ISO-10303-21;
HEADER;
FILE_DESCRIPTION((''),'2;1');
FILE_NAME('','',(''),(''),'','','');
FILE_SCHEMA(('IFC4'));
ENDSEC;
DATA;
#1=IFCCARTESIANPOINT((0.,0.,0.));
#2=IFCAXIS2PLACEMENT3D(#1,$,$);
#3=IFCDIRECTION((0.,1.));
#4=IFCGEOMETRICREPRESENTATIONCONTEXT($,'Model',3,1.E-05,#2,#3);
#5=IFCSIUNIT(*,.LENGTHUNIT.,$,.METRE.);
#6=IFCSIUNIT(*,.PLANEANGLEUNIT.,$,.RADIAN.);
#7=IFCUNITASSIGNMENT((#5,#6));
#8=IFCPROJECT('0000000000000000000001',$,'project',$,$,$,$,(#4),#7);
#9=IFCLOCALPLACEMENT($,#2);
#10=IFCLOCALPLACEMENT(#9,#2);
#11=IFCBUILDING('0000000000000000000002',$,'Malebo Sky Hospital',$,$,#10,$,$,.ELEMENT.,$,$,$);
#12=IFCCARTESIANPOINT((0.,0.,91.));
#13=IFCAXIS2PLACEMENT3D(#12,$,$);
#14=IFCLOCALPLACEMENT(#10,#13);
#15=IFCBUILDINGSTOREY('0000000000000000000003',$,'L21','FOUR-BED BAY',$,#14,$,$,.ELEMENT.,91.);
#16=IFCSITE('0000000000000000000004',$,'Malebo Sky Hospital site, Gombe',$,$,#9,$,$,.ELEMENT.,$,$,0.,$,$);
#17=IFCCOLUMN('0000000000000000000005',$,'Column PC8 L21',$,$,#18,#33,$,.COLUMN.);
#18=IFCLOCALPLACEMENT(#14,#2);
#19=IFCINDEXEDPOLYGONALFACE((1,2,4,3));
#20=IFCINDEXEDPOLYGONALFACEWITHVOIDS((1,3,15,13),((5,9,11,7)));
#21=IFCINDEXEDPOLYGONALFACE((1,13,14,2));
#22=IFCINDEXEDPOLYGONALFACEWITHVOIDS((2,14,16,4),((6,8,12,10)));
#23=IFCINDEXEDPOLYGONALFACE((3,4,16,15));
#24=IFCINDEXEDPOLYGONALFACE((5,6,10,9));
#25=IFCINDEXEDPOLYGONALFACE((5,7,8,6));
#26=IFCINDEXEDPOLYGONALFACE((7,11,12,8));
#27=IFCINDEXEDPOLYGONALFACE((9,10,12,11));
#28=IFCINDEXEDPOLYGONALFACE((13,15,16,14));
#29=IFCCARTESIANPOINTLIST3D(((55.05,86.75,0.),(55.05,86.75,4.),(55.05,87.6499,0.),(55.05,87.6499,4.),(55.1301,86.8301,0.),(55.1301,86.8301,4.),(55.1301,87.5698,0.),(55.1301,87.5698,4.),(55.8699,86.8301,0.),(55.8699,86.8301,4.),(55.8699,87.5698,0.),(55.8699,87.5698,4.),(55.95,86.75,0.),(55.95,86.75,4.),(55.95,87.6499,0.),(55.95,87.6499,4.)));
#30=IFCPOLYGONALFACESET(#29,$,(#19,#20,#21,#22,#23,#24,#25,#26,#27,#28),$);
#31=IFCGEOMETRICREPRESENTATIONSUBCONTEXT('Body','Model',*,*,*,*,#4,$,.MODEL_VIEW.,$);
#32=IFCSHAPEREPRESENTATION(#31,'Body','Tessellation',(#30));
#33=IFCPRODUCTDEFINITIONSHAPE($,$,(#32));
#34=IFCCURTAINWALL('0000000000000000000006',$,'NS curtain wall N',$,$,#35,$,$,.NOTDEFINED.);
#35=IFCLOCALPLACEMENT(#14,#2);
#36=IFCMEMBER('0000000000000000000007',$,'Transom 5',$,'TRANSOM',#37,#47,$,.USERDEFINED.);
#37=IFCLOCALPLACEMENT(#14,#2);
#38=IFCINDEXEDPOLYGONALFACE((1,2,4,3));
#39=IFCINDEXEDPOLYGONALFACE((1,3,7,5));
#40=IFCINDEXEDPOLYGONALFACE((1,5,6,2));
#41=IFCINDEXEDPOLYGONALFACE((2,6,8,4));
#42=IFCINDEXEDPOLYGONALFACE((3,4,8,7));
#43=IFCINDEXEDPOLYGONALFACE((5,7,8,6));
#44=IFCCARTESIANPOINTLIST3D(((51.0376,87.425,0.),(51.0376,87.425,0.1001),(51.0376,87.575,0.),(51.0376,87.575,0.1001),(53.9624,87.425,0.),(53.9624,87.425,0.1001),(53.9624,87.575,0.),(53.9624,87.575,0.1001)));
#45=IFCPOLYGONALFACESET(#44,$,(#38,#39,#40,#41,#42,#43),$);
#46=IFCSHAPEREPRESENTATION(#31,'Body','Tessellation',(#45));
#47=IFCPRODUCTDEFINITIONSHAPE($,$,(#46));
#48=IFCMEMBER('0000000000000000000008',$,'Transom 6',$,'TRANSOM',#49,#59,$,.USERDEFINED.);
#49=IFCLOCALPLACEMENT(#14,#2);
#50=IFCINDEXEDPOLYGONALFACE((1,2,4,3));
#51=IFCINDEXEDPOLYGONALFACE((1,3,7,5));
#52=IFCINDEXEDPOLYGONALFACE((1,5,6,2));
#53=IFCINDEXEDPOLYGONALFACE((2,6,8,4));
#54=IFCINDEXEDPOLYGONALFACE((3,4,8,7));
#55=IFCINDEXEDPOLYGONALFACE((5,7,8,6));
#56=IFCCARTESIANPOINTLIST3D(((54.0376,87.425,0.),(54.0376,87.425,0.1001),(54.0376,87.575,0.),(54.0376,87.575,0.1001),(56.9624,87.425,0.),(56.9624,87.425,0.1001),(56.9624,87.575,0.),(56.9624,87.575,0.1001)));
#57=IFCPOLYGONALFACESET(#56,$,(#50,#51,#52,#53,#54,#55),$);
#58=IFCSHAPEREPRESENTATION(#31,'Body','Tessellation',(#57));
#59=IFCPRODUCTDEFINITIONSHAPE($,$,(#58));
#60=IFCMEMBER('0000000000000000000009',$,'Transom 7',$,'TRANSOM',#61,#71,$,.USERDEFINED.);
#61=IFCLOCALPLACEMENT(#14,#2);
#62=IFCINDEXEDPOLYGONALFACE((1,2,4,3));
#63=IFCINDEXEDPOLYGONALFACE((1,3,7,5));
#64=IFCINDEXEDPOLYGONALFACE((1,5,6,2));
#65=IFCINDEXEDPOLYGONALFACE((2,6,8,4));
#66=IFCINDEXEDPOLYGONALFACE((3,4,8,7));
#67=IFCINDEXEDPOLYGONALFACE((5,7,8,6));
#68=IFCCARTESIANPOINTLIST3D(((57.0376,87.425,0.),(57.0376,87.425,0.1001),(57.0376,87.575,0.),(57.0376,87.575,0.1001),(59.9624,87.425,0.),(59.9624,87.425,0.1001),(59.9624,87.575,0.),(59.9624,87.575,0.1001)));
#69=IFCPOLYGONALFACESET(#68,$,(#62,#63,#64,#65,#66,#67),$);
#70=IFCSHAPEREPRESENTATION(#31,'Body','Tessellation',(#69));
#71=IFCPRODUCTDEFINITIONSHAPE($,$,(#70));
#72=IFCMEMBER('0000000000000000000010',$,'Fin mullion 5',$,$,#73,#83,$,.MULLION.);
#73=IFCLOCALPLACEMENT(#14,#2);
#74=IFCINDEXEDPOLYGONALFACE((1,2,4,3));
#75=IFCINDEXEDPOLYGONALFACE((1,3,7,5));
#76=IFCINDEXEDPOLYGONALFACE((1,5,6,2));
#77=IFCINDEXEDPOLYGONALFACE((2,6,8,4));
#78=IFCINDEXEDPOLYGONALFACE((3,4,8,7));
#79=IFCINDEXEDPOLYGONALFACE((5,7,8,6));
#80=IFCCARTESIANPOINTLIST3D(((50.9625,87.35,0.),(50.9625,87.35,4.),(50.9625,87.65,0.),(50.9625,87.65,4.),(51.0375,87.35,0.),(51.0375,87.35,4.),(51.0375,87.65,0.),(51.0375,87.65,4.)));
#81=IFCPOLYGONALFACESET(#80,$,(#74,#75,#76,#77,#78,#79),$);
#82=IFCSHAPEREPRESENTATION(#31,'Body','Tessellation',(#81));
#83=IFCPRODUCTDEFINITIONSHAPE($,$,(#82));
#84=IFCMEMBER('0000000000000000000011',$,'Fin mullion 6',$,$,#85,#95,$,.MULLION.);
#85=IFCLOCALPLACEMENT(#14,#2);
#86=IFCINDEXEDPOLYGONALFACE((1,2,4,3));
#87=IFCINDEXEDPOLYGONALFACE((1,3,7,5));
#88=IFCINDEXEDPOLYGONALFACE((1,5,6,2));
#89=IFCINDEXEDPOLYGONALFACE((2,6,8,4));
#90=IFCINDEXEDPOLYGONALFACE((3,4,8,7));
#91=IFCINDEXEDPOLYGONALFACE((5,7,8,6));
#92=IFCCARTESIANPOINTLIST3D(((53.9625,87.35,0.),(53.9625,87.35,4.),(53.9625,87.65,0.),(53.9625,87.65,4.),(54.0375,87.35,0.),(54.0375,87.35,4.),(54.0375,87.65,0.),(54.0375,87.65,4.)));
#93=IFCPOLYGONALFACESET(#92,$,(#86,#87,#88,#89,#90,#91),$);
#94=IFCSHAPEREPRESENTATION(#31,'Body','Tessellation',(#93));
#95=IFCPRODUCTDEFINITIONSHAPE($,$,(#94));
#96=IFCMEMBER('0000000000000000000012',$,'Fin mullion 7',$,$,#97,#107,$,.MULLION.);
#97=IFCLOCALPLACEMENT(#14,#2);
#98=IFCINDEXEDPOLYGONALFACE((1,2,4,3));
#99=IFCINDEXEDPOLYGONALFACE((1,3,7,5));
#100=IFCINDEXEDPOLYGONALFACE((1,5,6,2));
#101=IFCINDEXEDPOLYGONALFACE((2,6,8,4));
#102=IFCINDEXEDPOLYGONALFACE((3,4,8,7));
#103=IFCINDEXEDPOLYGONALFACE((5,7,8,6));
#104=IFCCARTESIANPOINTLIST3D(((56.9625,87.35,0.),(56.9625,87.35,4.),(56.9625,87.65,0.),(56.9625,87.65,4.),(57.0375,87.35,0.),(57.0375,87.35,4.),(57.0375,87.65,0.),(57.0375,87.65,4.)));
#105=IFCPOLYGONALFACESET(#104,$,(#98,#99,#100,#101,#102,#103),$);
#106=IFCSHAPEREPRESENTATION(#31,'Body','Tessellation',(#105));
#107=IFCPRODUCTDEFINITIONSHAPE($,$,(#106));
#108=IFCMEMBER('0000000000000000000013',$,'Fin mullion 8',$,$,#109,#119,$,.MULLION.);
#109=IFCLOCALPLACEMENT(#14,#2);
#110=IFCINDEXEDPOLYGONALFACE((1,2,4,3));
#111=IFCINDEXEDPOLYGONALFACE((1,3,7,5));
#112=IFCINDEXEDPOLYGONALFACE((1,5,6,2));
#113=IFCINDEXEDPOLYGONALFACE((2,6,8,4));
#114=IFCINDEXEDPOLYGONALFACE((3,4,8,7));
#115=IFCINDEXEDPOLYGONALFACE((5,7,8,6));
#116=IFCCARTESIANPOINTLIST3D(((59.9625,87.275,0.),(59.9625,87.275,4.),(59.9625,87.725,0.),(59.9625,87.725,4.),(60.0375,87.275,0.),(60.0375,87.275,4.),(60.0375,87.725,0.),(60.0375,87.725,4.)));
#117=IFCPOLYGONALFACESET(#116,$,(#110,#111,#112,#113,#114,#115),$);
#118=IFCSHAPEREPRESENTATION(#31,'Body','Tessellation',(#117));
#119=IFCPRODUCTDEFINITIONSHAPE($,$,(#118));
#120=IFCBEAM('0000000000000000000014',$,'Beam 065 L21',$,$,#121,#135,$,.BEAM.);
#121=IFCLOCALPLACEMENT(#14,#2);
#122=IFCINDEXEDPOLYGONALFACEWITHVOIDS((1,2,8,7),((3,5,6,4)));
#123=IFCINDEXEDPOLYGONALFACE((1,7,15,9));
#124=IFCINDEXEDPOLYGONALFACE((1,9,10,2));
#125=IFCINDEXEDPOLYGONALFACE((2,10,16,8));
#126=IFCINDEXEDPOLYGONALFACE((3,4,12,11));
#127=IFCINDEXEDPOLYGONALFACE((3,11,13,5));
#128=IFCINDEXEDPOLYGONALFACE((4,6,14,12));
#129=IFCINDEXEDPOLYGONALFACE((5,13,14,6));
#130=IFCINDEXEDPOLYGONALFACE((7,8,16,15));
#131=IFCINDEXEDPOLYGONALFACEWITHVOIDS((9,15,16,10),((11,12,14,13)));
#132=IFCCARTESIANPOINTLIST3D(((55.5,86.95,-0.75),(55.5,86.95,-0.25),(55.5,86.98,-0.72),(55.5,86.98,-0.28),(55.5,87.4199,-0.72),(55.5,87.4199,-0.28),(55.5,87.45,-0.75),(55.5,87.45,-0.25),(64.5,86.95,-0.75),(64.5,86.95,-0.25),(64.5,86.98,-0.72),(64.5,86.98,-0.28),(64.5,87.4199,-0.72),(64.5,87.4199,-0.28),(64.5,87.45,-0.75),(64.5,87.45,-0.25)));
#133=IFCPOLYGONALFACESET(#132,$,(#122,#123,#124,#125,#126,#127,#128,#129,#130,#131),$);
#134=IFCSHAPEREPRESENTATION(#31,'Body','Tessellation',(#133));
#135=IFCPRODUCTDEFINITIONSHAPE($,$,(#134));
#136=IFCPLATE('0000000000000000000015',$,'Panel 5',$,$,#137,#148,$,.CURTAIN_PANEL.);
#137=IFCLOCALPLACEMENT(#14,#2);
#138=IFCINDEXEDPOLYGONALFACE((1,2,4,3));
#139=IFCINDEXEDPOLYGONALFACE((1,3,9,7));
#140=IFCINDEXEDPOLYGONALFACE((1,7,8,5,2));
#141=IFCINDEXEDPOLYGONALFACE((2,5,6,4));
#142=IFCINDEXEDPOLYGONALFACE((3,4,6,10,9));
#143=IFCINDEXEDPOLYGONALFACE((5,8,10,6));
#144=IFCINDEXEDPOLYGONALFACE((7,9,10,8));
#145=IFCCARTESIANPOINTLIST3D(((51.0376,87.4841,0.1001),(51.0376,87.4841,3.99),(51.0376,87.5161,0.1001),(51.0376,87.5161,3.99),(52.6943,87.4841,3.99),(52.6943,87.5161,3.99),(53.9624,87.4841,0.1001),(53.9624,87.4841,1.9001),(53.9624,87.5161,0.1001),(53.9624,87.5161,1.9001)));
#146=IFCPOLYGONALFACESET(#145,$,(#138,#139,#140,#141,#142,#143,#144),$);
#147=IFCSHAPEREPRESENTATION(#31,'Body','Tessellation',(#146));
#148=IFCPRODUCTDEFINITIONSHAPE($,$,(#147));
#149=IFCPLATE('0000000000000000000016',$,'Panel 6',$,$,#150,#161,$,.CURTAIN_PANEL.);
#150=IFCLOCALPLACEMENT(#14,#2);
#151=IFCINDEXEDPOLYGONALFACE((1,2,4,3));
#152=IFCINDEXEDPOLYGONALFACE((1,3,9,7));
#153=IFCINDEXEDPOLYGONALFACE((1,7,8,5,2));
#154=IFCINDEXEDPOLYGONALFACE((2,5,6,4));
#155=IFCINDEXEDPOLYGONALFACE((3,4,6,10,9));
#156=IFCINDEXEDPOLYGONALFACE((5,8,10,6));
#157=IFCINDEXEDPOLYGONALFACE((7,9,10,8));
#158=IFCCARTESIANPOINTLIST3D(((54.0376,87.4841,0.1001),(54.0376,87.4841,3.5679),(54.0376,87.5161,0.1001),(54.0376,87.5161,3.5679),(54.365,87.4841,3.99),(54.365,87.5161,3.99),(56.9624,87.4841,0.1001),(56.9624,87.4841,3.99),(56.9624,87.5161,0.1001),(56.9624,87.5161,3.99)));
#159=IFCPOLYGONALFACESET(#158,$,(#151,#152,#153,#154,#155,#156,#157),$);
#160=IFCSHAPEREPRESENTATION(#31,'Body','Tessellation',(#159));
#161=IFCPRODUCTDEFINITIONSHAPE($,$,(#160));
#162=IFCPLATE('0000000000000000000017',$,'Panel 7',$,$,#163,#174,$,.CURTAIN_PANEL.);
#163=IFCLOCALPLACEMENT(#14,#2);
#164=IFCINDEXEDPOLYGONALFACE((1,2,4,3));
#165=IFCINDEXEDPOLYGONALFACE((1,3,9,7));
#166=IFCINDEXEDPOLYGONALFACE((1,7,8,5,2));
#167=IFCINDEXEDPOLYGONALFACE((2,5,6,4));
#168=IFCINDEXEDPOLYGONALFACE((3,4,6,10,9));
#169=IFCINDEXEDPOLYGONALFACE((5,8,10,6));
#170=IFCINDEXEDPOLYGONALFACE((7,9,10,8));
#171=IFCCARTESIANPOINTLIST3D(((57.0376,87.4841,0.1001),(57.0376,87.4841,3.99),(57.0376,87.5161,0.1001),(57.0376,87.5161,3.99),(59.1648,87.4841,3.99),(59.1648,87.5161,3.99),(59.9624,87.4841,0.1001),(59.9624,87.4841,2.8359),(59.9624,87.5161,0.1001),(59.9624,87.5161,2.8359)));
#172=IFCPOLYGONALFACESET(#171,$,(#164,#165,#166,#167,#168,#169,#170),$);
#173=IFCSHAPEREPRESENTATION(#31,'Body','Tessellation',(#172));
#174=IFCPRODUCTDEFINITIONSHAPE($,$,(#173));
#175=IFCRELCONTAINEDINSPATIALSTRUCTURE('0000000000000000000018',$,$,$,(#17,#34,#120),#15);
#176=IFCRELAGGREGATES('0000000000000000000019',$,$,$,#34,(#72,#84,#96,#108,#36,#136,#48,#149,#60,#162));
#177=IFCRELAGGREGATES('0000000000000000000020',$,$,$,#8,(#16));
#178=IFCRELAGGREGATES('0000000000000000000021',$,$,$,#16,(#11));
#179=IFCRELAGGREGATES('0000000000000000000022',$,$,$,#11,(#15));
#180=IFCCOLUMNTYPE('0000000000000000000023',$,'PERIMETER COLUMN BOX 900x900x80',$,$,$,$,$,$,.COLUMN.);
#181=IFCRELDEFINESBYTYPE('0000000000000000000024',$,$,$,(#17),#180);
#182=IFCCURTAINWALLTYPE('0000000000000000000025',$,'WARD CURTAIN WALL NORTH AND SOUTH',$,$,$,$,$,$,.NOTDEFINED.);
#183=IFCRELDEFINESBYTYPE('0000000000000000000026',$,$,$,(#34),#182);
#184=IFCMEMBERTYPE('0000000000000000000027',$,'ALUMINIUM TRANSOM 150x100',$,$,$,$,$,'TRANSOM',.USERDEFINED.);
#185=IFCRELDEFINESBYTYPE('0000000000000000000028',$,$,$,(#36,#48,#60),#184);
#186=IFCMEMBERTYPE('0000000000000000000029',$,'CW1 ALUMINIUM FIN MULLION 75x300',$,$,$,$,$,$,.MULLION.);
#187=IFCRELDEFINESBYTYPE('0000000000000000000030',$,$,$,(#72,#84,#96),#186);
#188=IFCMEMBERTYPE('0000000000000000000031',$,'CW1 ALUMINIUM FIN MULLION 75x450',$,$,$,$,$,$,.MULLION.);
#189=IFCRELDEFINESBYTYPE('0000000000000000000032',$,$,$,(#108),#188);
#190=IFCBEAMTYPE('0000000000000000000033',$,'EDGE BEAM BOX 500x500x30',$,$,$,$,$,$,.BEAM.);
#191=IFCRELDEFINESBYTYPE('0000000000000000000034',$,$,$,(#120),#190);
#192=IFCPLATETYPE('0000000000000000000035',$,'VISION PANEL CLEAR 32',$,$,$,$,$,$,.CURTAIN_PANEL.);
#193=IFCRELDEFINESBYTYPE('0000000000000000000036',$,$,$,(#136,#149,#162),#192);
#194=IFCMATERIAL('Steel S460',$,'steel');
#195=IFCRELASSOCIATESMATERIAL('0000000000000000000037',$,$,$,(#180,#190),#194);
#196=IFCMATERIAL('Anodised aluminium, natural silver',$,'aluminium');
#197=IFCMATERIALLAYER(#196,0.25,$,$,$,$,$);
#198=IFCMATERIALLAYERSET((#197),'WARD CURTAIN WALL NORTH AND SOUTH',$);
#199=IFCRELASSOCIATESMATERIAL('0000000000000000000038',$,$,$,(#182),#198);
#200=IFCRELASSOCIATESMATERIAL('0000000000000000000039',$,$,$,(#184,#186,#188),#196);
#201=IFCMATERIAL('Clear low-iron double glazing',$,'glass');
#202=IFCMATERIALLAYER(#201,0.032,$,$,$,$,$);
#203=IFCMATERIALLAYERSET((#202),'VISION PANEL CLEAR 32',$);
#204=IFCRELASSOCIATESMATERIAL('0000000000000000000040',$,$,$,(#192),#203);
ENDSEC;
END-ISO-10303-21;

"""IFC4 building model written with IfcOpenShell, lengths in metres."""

from ifc_helpers import new_model, si_unit, direction, frame, origin, origin_2d, place, context, subcontext, project, spatial, polyline, rectangle, hollow_rectangle, outline, extrude, material, layer, layer_set, material_profile, profile_set, type_object, element, aggregate, save


model = new_model("IFC4")

# Units and contexts
model_context = context("Model", 3, precision=1e-05, world=origin(), true_north=direction((0.0, 1.0)))
body_context = subcontext(model_context, "Body", "Model", "MODEL_VIEW")
ifc_project = project(units=[si_unit("LENGTHUNIT", "METRE"), si_unit("PLANEANGLEUNIT", "RADIAN")], contexts=[model_context])

# Site, building, storey
site_placement = place(None, origin())
site = spatial("IfcSite", under=ifc_project, at=site_placement, Name="Malebo Sky Hospital site, Gombe", CompositionType="ELEMENT", RefElevation=0.0)
building_placement = place(site_placement, origin())
building = spatial("IfcBuilding", under=site, at=building_placement, Name="Malebo Sky Hospital", CompositionType="ELEMENT")
storey_placement = place(building_placement, frame((0.0, 0.0, 91.0)))
storey = spatial("IfcBuildingStorey", under=building, at=storey_placement, Name="L21", Description="FOUR-BED BAY", CompositionType="ELEMENT", Elevation=91.0)

# Column
ifc_material_1 = material(Name="Steel S460", Category="steel")
ifc_material_profile_1 = material_profile(ifc_material_1, hollow_rectangle(XDim=0.8999, YDim=0.8999, WallThickness=0.0801, at=origin_2d()), Name="BOX 900x900x80")
ifc_profile_set_1 = profile_set([ifc_material_profile_1], Name="Steel S460")
column_type = type_object("IfcColumnType", Name="PERIMETER COLUMN BOX 900x900x80", PredefinedType="COLUMN", material=ifc_profile_set_1)
column_placement = place(storey_placement, frame((55.5, 87.2, 0.0), z_axis=(0.0, 0.0, 1.0), x_axis=(1.0, 0.0, 0.0)))
element("IfcColumn", 1, at=column_placement, inside=storey, type_object=column_type, Name="Column PC8 L21", PredefinedType="COLUMN", context=body_context, shape_type="SweptSolid", body=[
    extrude(hollow_rectangle(XDim=0.8999, YDim=0.8999, WallThickness=0.0801, at=origin_2d()), origin(), (0.0, 0.0, 1.0), 4.0),
])

# Curtain wall, members
ifc_material_2 = material(Name="Anodised aluminium, natural silver", Category="aluminium")
ifc_layer_1 = layer(ifc_material_2, 0.25)
ifc_layer_set_1 = layer_set([ifc_layer_1], Name="WARD CURTAIN WALL NORTH AND SOUTH")
curtain_wall_type = type_object("IfcCurtainWallType", Name="WARD CURTAIN WALL NORTH AND SOUTH", PredefinedType="NOTDEFINED", material=ifc_layer_set_1)
curtain_wall_placement = place(storey_placement, origin())
curtain_wall = element("IfcCurtainWall", 2, at=curtain_wall_placement, inside=storey, type_object=curtain_wall_type, Name="NS curtain wall N", PredefinedType="NOTDEFINED")
ifc_material_profile_2 = material_profile(ifc_material_2, rectangle(XDim=0.1499, YDim=0.1001, at=origin_2d()), Name="ALUMINIUM TRANSOM 150x100")
ifc_profile_set_2 = profile_set([ifc_material_profile_2], Name="Anodised aluminium, natural silver")
member_type_1 = type_object("IfcMemberType", Name="ALUMINIUM TRANSOM 150x100", ElementType="TRANSOM", PredefinedType="USERDEFINED", material=ifc_profile_set_2)
member_1_placement = place(storey_placement, frame((51.0376, 87.5, 0.05), z_axis=(1.0, 0.0, 0.0), x_axis=(0.0, 1.0, 0.0)))
member_1 = element("IfcMember", 3, at=member_1_placement, type_object=member_type_1, Name="Transom 5", ObjectType="TRANSOM", PredefinedType="USERDEFINED", context=body_context, shape_type="SweptSolid", body=[
    extrude(rectangle(XDim=0.1499, YDim=0.1001, at=origin_2d()), origin(), (0.0, 0.0, 1.0), 2.9248),
])
member_2_placement = place(storey_placement, frame((54.0376, 87.5, 0.05), z_axis=(1.0, 0.0, 0.0), x_axis=(0.0, 1.0, 0.0)))
member_2 = element("IfcMember", 4, at=member_2_placement, type_object=member_type_1, Name="Transom 6", ObjectType="TRANSOM", PredefinedType="USERDEFINED", context=body_context, shape_type="SweptSolid", body=[
    extrude(rectangle(XDim=0.1499, YDim=0.1001, at=origin_2d()), origin(), (0.0, 0.0, 1.0), 2.9248),
])
member_3_placement = place(storey_placement, frame((57.0376, 87.5, 0.05), z_axis=(1.0, 0.0, 0.0), x_axis=(0.0, 1.0, 0.0)))
member_3 = element("IfcMember", 5, at=member_3_placement, type_object=member_type_1, Name="Transom 7", ObjectType="TRANSOM", PredefinedType="USERDEFINED", context=body_context, shape_type="SweptSolid", body=[
    extrude(rectangle(XDim=0.1499, YDim=0.1001, at=origin_2d()), origin(), (0.0, 0.0, 1.0), 2.9248),
])
ifc_material_profile_3 = material_profile(ifc_material_2, rectangle(XDim=0.075, YDim=0.3, at=origin_2d()), Name="CW1 ALUMINIUM FIN MULLION 75x300")
ifc_profile_set_3 = profile_set([ifc_material_profile_3], Name="Anodised aluminium, natural silver")
member_type_2 = type_object("IfcMemberType", Name="CW1 ALUMINIUM FIN MULLION 75x300", PredefinedType="MULLION", material=ifc_profile_set_3)
member_4_placement = place(storey_placement, frame((51.0, 87.5, 0.0), z_axis=(0.0, 0.0, 1.0), x_axis=(1.0, 0.0, 0.0)))
member_4 = element("IfcMember", 6, at=member_4_placement, type_object=member_type_2, Name="Fin mullion 5", PredefinedType="MULLION", context=body_context, shape_type="SweptSolid", body=[
    extrude(rectangle(XDim=0.075, YDim=0.3, at=origin_2d()), origin(), (0.0, 0.0, 1.0), 4.0),
])
member_5_placement = place(storey_placement, frame((54.0, 87.5, 0.0), z_axis=(0.0, 0.0, 1.0), x_axis=(1.0, 0.0, 0.0)))
member_5 = element("IfcMember", 7, at=member_5_placement, type_object=member_type_2, Name="Fin mullion 6", PredefinedType="MULLION", context=body_context, shape_type="SweptSolid", body=[
    extrude(rectangle(XDim=0.075, YDim=0.3, at=origin_2d()), origin(), (0.0, 0.0, 1.0), 4.0),
])
member_6_placement = place(storey_placement, frame((57.0, 87.5, 0.0), z_axis=(0.0, 0.0, 1.0), x_axis=(1.0, 0.0, 0.0)))
member_6 = element("IfcMember", 8, at=member_6_placement, type_object=member_type_2, Name="Fin mullion 7", PredefinedType="MULLION", context=body_context, shape_type="SweptSolid", body=[
    extrude(rectangle(XDim=0.075, YDim=0.3, at=origin_2d()), origin(), (0.0, 0.0, 1.0), 4.0),
])
ifc_material_profile_4 = material_profile(ifc_material_2, rectangle(XDim=0.075, YDim=0.45, at=origin_2d()), Name="CW1 ALUMINIUM FIN MULLION 75x450")
ifc_profile_set_4 = profile_set([ifc_material_profile_4], Name="Anodised aluminium, natural silver")
member_type_3 = type_object("IfcMemberType", Name="CW1 ALUMINIUM FIN MULLION 75x450", PredefinedType="MULLION", material=ifc_profile_set_4)
member_7_placement = place(storey_placement, frame((60.0, 87.5, 0.0), z_axis=(0.0, 0.0, 1.0), x_axis=(1.0, 0.0, 0.0)))
member_7 = element("IfcMember", 9, at=member_7_placement, type_object=member_type_3, Name="Fin mullion 8", PredefinedType="MULLION", context=body_context, shape_type="SweptSolid", body=[
    extrude(rectangle(XDim=0.075, YDim=0.45, at=origin_2d()), origin(), (0.0, 0.0, 1.0), 4.0),
])

# Beam
ifc_material_profile_5 = material_profile(ifc_material_1, hollow_rectangle(XDim=0.5, YDim=0.5, WallThickness=0.03, at=origin_2d()), Name="BOX 500x500x30")
ifc_profile_set_5 = profile_set([ifc_material_profile_5], Name="Steel S460")
beam_type = type_object("IfcBeamType", Name="EDGE BEAM BOX 500x500x30", PredefinedType="BEAM", material=ifc_profile_set_5)
beam_placement = place(storey_placement, frame((55.5, 87.2, -0.5), z_axis=(1.0, 0.0, 0.0), x_axis=(0.0, 1.0, 0.0)))
element("IfcBeam", 10, at=beam_placement, inside=storey, type_object=beam_type, Name="Beam 065 L21", PredefinedType="BEAM", context=body_context, shape_type="SweptSolid", body=[
    extrude(hollow_rectangle(XDim=0.5, YDim=0.5, WallThickness=0.03, at=origin_2d()), origin(), (0.0, 0.0, 1.0), 9.0),
])

# Plates
ifc_material_3 = material(Name="Clear low-iron double glazing", Category="glass")
ifc_layer_2 = layer(ifc_material_3, 0.032)
ifc_layer_set_2 = layer_set([ifc_layer_2], Name="VISION PANEL CLEAR 32")
plate_type = type_object("IfcPlateType", Name="VISION PANEL CLEAR 32", PredefinedType="CURTAIN_PANEL", material=ifc_layer_set_2)
plate_1_placement = place(storey_placement, frame((52.5, 87.5, 0.1001), z_axis=(0.0, 0.0, 1.0), x_axis=(1.0, 0.0, 0.0)))
plate_1 = element("IfcPlate", 11, at=plate_1_placement, type_object=plate_type, Name="Panel 5", PredefinedType="CURTAIN_PANEL", context=body_context, shape_type="SweptSolid", body=[
    extrude(outline(polyline([(-1.4624, 0.0), (1.4624, 0.0), (1.4624, 1.8), (0.1943, 3.8899), (-1.4624, 3.8899), (-1.4624, 0.0)])), frame((0.0, 0.0161, 0.0), z_axis=(0.0, -1.0, 0.0), x_axis=(1.0, 0.0, 0.0)), (0.0, 0.0, 1.0), 0.032),
])
plate_2_placement = place(storey_placement, frame((55.5, 87.5, 0.1001), z_axis=(0.0, 0.0, 1.0), x_axis=(1.0, 0.0, 0.0)))
plate_2 = element("IfcPlate", 12, at=plate_2_placement, type_object=plate_type, Name="Panel 6", PredefinedType="CURTAIN_PANEL", context=body_context, shape_type="SweptSolid", body=[
    extrude(outline(polyline([(-1.4624, 0.0), (1.4624, 0.0), (1.4624, 3.8899), (-1.135, 3.8899), (-1.4624, 3.4678), (-1.4624, 0.0)])), frame((0.0, 0.0161, 0.0), z_axis=(0.0, -1.0, 0.0), x_axis=(1.0, 0.0, 0.0)), (0.0, 0.0, 1.0), 0.032),
])
plate_3_placement = place(storey_placement, frame((58.5, 87.5, 0.1001), z_axis=(0.0, 0.0, 1.0), x_axis=(1.0, 0.0, 0.0)))
plate_3 = element("IfcPlate", 13, at=plate_3_placement, type_object=plate_type, Name="Panel 7", PredefinedType="CURTAIN_PANEL", context=body_context, shape_type="SweptSolid", body=[
    extrude(outline(polyline([(-1.4624, 0.0), (1.4624, 0.0), (1.4624, 2.7358), (0.6648, 3.8899), (-1.4624, 3.8899), (-1.4624, 0.0)])), frame((0.0, 0.0161, 0.0), z_axis=(0.0, -1.0, 0.0), x_axis=(1.0, 0.0, 0.0)), (0.0, 0.0, 1.0), 0.032),
])
aggregate(curtain_wall, [member_4, member_5, member_6, member_7, member_1, plate_1, member_2, plate_2, member_3, plate_3])

save(model, "model.ifc")
